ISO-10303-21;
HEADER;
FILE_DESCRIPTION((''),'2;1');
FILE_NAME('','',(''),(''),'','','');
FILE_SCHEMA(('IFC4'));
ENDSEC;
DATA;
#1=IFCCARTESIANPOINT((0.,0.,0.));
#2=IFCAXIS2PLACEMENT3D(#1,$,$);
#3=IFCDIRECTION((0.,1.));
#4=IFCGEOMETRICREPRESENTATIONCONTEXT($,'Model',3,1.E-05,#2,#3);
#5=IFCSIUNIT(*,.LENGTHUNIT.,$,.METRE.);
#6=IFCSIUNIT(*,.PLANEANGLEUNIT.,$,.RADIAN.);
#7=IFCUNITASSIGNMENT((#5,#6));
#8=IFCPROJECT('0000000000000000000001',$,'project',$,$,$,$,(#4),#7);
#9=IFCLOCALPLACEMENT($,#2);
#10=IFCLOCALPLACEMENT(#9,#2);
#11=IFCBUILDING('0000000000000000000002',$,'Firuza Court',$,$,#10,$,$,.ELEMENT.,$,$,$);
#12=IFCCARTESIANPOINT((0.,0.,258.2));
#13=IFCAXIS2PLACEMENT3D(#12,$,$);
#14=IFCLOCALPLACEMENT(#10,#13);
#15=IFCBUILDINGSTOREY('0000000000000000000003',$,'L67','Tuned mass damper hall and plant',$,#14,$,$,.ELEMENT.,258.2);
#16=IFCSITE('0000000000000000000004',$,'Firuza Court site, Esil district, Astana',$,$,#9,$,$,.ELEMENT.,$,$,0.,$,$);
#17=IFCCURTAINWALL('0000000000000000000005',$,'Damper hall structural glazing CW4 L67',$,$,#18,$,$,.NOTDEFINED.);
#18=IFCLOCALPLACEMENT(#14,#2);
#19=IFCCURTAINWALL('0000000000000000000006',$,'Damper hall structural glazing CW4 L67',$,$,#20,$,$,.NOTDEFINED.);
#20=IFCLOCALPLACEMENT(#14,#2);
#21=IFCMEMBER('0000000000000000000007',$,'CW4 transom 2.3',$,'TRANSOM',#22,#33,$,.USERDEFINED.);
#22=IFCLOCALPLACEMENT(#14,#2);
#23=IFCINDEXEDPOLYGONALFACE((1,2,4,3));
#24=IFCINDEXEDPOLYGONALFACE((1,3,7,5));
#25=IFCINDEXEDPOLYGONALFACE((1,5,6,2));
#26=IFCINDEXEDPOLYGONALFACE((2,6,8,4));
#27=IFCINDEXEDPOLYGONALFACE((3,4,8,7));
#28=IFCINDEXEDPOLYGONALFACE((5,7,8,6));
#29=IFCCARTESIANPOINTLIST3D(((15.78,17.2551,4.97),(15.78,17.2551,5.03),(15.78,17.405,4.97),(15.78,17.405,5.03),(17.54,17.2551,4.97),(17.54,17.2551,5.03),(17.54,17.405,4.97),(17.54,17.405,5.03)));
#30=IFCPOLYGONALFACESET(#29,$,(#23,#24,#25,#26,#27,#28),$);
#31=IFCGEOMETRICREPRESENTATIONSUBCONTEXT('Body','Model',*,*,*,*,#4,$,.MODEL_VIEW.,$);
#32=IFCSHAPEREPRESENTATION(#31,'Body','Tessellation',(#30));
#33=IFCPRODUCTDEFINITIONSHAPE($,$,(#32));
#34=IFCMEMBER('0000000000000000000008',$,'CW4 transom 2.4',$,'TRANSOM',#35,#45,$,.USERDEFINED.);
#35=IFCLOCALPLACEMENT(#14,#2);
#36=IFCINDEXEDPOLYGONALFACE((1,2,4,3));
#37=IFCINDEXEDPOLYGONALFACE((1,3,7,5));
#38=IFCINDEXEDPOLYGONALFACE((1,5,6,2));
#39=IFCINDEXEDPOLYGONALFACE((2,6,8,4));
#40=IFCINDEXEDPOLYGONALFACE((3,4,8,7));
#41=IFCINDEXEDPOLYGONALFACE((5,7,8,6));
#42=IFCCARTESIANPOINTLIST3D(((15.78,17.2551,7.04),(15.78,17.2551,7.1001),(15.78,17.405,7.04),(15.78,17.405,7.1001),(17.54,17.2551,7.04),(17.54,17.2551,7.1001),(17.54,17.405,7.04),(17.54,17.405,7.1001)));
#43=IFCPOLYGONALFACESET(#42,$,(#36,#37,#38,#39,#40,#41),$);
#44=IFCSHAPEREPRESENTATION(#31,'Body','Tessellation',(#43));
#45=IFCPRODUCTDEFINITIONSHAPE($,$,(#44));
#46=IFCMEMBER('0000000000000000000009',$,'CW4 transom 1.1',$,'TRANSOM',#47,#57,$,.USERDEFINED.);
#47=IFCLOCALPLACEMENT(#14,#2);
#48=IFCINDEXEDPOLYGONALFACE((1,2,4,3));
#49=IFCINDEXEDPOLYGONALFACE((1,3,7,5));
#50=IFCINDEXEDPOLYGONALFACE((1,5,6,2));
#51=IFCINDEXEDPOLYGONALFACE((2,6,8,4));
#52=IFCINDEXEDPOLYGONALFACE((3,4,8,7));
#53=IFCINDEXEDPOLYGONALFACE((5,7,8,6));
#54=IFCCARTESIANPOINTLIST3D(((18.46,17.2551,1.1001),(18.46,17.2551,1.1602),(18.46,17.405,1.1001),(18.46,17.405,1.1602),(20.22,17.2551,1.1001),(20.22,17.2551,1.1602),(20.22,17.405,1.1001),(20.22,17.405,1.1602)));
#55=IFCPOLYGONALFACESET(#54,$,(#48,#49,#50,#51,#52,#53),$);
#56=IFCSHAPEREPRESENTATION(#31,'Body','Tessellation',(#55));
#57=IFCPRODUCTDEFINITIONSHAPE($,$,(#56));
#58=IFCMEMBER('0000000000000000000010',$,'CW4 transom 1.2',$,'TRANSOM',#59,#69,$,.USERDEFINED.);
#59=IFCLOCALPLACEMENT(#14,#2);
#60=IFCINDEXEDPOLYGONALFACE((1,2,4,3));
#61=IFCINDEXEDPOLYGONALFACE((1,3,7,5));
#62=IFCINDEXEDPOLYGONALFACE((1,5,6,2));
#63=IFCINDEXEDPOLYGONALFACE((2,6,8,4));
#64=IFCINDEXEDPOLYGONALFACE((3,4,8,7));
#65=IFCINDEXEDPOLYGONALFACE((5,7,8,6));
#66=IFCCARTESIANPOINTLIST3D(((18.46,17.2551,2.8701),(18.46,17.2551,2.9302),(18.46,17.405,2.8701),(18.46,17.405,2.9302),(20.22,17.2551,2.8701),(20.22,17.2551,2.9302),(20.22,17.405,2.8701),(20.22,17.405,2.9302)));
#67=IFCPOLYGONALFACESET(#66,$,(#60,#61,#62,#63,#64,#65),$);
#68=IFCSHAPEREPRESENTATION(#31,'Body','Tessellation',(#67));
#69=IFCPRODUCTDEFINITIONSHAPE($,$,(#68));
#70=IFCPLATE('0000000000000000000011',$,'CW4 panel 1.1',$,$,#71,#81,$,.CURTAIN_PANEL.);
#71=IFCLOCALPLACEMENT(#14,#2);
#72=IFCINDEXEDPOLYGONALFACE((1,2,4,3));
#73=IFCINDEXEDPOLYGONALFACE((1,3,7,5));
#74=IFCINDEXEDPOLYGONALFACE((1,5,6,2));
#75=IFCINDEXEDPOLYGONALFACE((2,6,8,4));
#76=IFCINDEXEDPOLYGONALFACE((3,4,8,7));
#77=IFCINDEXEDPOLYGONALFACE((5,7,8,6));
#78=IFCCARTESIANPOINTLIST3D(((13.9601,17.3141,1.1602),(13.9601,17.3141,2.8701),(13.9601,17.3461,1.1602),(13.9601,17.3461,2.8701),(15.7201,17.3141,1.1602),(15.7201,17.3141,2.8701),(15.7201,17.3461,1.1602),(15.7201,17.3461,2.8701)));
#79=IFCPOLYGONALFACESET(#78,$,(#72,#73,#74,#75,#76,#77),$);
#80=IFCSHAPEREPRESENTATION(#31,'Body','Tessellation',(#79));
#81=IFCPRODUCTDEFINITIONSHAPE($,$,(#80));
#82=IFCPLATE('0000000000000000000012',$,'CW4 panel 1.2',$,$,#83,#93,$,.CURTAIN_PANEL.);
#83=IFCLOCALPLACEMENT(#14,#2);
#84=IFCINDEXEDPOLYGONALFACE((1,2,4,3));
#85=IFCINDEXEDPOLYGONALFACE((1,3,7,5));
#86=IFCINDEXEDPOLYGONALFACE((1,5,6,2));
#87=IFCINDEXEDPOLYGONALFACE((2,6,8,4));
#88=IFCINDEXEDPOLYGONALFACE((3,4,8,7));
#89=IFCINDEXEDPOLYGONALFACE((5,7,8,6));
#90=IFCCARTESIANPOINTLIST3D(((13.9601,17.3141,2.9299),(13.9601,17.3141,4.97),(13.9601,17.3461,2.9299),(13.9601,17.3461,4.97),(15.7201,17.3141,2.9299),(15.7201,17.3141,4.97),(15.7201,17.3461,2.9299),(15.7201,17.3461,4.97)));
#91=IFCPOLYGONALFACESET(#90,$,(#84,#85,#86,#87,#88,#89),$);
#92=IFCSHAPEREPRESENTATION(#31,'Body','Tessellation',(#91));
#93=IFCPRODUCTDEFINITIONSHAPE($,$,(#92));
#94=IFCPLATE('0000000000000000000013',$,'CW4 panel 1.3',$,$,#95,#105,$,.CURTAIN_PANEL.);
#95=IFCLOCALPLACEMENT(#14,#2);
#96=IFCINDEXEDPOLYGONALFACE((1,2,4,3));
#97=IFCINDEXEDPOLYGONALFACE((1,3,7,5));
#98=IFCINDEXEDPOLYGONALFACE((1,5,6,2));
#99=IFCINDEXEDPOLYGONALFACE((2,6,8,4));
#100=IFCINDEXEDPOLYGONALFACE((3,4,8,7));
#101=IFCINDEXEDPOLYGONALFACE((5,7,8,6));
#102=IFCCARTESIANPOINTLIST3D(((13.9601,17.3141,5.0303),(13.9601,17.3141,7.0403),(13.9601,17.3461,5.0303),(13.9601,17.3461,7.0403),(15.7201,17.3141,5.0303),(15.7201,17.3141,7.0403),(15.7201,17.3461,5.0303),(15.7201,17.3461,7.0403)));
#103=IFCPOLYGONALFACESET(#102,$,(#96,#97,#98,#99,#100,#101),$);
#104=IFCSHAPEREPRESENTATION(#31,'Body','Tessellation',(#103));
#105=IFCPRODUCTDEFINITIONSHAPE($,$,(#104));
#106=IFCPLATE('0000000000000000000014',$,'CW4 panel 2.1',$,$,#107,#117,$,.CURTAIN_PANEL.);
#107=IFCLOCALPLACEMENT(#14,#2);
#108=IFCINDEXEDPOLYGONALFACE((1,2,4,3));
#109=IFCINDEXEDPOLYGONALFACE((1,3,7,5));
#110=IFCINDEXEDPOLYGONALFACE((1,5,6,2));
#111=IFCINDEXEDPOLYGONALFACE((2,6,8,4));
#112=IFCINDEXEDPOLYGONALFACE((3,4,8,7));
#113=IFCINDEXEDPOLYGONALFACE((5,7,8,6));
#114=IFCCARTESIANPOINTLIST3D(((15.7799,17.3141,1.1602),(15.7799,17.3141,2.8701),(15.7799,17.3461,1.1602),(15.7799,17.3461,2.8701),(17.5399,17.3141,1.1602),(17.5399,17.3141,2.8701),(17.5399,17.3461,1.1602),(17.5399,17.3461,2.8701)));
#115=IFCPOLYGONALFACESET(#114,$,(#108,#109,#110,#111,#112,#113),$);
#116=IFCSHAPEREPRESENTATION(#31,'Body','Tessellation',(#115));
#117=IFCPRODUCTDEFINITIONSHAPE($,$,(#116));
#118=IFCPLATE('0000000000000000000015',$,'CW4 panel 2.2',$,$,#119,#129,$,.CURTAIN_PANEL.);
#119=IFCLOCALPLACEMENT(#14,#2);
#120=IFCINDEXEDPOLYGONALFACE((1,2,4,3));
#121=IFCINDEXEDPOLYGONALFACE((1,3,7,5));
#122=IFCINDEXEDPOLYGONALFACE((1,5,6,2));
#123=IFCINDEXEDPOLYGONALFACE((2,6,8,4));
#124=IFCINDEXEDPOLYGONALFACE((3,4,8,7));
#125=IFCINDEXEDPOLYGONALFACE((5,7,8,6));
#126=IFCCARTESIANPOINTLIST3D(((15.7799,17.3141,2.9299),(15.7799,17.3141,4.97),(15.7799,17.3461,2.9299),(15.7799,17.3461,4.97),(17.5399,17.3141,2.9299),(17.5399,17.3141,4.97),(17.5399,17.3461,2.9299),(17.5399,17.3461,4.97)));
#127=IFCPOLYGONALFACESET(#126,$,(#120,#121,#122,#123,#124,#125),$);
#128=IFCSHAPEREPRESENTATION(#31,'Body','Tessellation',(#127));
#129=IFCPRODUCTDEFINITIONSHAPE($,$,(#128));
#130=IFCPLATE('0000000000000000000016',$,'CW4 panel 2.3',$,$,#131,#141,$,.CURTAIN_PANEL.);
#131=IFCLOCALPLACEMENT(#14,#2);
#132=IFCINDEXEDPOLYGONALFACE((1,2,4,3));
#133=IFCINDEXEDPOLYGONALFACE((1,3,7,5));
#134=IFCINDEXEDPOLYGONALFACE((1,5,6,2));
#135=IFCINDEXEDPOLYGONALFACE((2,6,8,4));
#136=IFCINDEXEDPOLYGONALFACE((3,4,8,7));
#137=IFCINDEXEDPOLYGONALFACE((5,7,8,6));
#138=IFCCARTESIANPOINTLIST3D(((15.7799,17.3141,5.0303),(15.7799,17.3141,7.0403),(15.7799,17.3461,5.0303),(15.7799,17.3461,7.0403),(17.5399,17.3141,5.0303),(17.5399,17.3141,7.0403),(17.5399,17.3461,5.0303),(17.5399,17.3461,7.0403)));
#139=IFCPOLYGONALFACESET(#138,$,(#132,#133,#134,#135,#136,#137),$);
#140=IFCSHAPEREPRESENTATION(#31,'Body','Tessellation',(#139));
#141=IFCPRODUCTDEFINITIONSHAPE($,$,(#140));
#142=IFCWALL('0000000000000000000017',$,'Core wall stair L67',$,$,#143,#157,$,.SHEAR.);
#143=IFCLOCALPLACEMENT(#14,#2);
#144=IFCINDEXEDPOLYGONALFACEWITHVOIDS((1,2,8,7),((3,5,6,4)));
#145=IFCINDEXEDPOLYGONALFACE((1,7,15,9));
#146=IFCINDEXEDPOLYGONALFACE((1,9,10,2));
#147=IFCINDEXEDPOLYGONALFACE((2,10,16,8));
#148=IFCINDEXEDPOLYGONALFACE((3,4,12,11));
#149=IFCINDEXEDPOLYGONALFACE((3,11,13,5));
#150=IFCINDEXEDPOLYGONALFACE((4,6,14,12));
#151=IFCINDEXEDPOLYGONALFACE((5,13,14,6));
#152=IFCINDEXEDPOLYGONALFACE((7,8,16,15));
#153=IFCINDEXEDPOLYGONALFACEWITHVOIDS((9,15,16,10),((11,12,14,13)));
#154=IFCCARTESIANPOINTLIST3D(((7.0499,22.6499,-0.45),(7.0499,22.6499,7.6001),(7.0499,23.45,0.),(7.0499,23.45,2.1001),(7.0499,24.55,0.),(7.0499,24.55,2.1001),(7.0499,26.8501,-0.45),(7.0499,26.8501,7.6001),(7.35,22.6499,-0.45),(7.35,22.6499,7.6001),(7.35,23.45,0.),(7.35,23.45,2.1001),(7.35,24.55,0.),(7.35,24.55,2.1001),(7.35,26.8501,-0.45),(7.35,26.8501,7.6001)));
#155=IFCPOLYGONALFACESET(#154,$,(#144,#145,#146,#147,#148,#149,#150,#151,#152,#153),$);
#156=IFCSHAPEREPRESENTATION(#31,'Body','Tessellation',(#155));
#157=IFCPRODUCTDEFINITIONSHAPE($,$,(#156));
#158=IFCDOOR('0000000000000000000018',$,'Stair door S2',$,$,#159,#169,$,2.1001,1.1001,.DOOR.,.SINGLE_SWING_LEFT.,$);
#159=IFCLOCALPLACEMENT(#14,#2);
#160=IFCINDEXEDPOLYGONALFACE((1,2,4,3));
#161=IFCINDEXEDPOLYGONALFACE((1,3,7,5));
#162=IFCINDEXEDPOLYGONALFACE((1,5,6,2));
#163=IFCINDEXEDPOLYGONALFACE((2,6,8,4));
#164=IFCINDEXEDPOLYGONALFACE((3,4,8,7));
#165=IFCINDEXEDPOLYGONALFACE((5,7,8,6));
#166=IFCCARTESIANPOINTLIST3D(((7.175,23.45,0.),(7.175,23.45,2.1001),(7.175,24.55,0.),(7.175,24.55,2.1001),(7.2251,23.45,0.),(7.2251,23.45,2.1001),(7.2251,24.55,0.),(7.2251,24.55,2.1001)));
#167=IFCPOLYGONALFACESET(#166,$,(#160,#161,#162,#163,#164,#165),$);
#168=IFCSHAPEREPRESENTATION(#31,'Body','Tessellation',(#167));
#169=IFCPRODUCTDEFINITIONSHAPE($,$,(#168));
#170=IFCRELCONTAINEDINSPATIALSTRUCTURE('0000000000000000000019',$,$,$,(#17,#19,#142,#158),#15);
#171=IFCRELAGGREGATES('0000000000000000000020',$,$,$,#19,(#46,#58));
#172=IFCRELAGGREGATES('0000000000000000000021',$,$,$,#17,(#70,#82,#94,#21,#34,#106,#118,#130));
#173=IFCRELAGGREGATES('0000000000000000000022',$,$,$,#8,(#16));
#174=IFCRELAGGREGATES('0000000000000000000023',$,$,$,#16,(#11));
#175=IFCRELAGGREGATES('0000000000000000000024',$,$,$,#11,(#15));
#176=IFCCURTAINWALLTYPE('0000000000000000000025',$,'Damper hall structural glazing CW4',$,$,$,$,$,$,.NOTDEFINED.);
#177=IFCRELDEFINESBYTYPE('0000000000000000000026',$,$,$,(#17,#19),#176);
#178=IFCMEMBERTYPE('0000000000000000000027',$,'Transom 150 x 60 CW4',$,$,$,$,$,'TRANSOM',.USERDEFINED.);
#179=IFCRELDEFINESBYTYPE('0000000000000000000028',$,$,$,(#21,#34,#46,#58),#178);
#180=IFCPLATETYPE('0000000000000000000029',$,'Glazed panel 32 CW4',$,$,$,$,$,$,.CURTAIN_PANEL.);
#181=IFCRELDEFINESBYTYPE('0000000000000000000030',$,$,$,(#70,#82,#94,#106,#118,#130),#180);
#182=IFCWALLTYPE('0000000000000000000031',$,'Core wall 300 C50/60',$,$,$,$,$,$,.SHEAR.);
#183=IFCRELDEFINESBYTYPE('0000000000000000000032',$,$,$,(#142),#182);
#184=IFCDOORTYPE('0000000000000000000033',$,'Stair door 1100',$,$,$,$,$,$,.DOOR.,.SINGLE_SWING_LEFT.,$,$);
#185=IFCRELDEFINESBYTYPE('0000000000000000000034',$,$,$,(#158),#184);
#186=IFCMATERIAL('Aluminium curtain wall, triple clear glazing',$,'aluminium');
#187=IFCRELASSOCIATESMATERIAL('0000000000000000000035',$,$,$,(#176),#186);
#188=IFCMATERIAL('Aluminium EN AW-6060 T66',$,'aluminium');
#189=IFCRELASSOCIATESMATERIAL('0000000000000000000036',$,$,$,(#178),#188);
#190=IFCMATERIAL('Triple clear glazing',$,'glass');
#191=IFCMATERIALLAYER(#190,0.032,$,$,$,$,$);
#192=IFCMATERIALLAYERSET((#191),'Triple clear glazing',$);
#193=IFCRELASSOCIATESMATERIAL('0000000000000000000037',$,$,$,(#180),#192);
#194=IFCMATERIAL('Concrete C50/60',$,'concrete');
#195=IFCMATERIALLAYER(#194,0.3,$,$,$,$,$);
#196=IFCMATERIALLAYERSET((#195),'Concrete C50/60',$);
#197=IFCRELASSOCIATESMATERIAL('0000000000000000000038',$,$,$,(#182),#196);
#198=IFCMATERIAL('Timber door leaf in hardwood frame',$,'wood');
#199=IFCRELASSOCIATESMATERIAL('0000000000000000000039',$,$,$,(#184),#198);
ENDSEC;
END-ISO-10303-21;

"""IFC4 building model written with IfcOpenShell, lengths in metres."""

from ifc_helpers import new_model, si_unit, direction, frame, frame_2d, origin, origin_2d, place, context, subcontext, project, spatial, rectangle, extrude, material, layer, layer_set, material_profile, profile_set, type_object, element, fill, aggregate, save


model = new_model("IFC4")

# Units and contexts
model_context = context("Model", 3, precision=1e-05, world=origin(), true_north=direction((0.0, 1.0)))
body_context = subcontext(model_context, "Body", "Model", "MODEL_VIEW")
ifc_project = project(units=[si_unit("LENGTHUNIT", "METRE"), si_unit("PLANEANGLEUNIT", "RADIAN")], contexts=[model_context])

# Site, building, storey
site_placement = place(None, origin())
site = spatial("IfcSite", under=ifc_project, at=site_placement, Name="Firuza Court site, Esil district, Astana", CompositionType="ELEMENT", RefElevation=0.0)
building_placement = place(site_placement, origin())
building = spatial("IfcBuilding", under=site, at=building_placement, Name="Firuza Court", CompositionType="ELEMENT")
storey_placement = place(building_placement, frame((0.0, 0.0, 258.2)))
storey = spatial("IfcBuildingStorey", under=building, at=storey_placement, Name="L67", Description="Tuned mass damper hall and plant", CompositionType="ELEMENT", Elevation=258.2)

# Curtain wall
ifc_material_1 = material(Name="Aluminium curtain wall, triple clear glazing", Category="aluminium")
curtain_wall_type = type_object("IfcCurtainWallType", Name="Damper hall structural glazing CW4", PredefinedType="NOTDEFINED", material=ifc_material_1)
curtain_wall_1_placement = place(storey_placement, origin())
curtain_wall_1 = element("IfcCurtainWall", 1, at=curtain_wall_1_placement, inside=storey, type_object=curtain_wall_type, Name="Damper hall structural glazing CW4 L67", PredefinedType="NOTDEFINED")

# Curtain wall
curtain_wall_2_placement = place(storey_placement, origin())
curtain_wall_2 = element("IfcCurtainWall", 2, at=curtain_wall_2_placement, inside=storey, type_object=curtain_wall_type, Name="Damper hall structural glazing CW4 L67", PredefinedType="NOTDEFINED")

# Members
ifc_material_2 = material(Name="Aluminium EN AW-6060 T66", Category="aluminium")
ifc_material_profile_1 = material_profile(ifc_material_2, rectangle(XDim=0.1499, YDim=0.0601, at=origin_2d()), Name="Transom 150 x 60 CW4")
ifc_profile_set_1 = profile_set([ifc_material_profile_1], Name="Aluminium EN AW-6060 T66")
member_type_1 = type_object("IfcMemberType", Name="Transom 150 x 60 CW4", ElementType="TRANSOM", PredefinedType="USERDEFINED", material=ifc_profile_set_1)
member_1_placement = place(storey_placement, frame((15.78, 17.3301, 5.0), z_axis=(1.0, 0.0, 0.0), x_axis=(0.0, 1.0, 0.0)))
member_1 = element("IfcMember", 3, at=member_1_placement, type_object=member_type_1, Name="CW4 transom 2.3", ObjectType="TRANSOM", PredefinedType="USERDEFINED", context=body_context, shape_type="SweptSolid", body=[
    extrude(rectangle(XDim=0.1499, YDim=0.0601, at=origin_2d()), origin(), (0.0, 0.0, 1.0), 1.76),
])
member_2_placement = place(storey_placement, frame((15.78, 17.3301, 7.0701), z_axis=(1.0, 0.0, 0.0), x_axis=(0.0, 1.0, 0.0)))
member_2 = element("IfcMember", 4, at=member_2_placement, type_object=member_type_1, Name="CW4 transom 2.4", ObjectType="TRANSOM", PredefinedType="USERDEFINED", context=body_context, shape_type="SweptSolid", body=[
    extrude(rectangle(XDim=0.1499, YDim=0.0601, at=origin_2d()), origin(), (0.0, 0.0, 1.0), 1.76),
])
member_3_placement = place(storey_placement, frame((18.46, 17.3301, 1.1301), z_axis=(1.0, 0.0, 0.0), x_axis=(0.0, 1.0, 0.0)))
member_3 = element("IfcMember", 5, at=member_3_placement, type_object=member_type_1, Name="CW4 transom 1.1", ObjectType="TRANSOM", PredefinedType="USERDEFINED", context=body_context, shape_type="SweptSolid", body=[
    extrude(rectangle(XDim=0.1499, YDim=0.0601, at=origin_2d()), origin(), (0.0, 0.0, 1.0), 1.76),
])
member_4_placement = place(storey_placement, frame((18.46, 17.3301, 2.9001), z_axis=(1.0, 0.0, 0.0), x_axis=(0.0, 1.0, 0.0)))
member_4 = element("IfcMember", 6, at=member_4_placement, type_object=member_type_1, Name="CW4 transom 1.2", ObjectType="TRANSOM", PredefinedType="USERDEFINED", context=body_context, shape_type="SweptSolid", body=[
    extrude(rectangle(XDim=0.1499, YDim=0.0601, at=origin_2d()), origin(), (0.0, 0.0, 1.0), 1.76),
])
aggregate(curtain_wall_2, [member_3, member_4])

# Plates
ifc_material_3 = material(Name="Triple clear glazing", Category="glass")
ifc_layer_1 = layer(ifc_material_3, 0.032)
ifc_layer_set_1 = layer_set([ifc_layer_1], Name="Triple clear glazing")
plate_type = type_object("IfcPlateType", Name="Glazed panel 32 CW4", PredefinedType="CURTAIN_PANEL", material=ifc_layer_set_1)
plate_1_placement = place(storey_placement, frame((14.8401, 17.3301, 1.1602), z_axis=(0.0, 0.0, 1.0), x_axis=(1.0, 0.0, 0.0)))
plate_1 = element("IfcPlate", 7, at=plate_1_placement, type_object=plate_type, Name="CW4 panel 1.1", PredefinedType="CURTAIN_PANEL", context=body_context, shape_type="SweptSolid", body=[
    extrude(rectangle(XDim=1.76, YDim=0.032, at=origin_2d()), origin(), (0.0, 0.0, 1.0), 1.71),
])
plate_2_placement = place(storey_placement, frame((14.8401, 17.3301, 2.9299), z_axis=(0.0, 0.0, 1.0), x_axis=(1.0, 0.0, 0.0)))
plate_2 = element("IfcPlate", 8, at=plate_2_placement, type_object=plate_type, Name="CW4 panel 1.2", PredefinedType="CURTAIN_PANEL", context=body_context, shape_type="SweptSolid", body=[
    extrude(rectangle(XDim=1.76, YDim=0.032, at=origin_2d()), origin(), (0.0, 0.0, 1.0), 2.04),
])
plate_3_placement = place(storey_placement, frame((14.8401, 17.3301, 5.0303), z_axis=(0.0, 0.0, 1.0), x_axis=(1.0, 0.0, 0.0)))
plate_3 = element("IfcPlate", 9, at=plate_3_placement, type_object=plate_type, Name="CW4 panel 1.3", PredefinedType="CURTAIN_PANEL", context=body_context, shape_type="SweptSolid", body=[
    extrude(rectangle(XDim=1.76, YDim=0.032, at=origin_2d()), origin(), (0.0, 0.0, 1.0), 2.01),
])
plate_4_placement = place(storey_placement, frame((16.6599, 17.3301, 1.1602), z_axis=(0.0, 0.0, 1.0), x_axis=(1.0, 0.0, 0.0)))
plate_4 = element("IfcPlate", 10, at=plate_4_placement, type_object=plate_type, Name="CW4 panel 2.1", PredefinedType="CURTAIN_PANEL", context=body_context, shape_type="SweptSolid", body=[
    extrude(rectangle(XDim=1.76, YDim=0.032, at=origin_2d()), origin(), (0.0, 0.0, 1.0), 1.71),
])
plate_5_placement = place(storey_placement, frame((16.6599, 17.3301, 2.9299), z_axis=(0.0, 0.0, 1.0), x_axis=(1.0, 0.0, 0.0)))
plate_5 = element("IfcPlate", 11, at=plate_5_placement, type_object=plate_type, Name="CW4 panel 2.2", PredefinedType="CURTAIN_PANEL", context=body_context, shape_type="SweptSolid", body=[
    extrude(rectangle(XDim=1.76, YDim=0.032, at=origin_2d()), origin(), (0.0, 0.0, 1.0), 2.04),
])
plate_6_placement = place(storey_placement, frame((16.6599, 17.3301, 5.0303), z_axis=(0.0, 0.0, 1.0), x_axis=(1.0, 0.0, 0.0)))
plate_6 = element("IfcPlate", 12, at=plate_6_placement, type_object=plate_type, Name="CW4 panel 2.3", PredefinedType="CURTAIN_PANEL", context=body_context, shape_type="SweptSolid", body=[
    extrude(rectangle(XDim=1.76, YDim=0.032, at=origin_2d()), origin(), (0.0, 0.0, 1.0), 2.01),
])
aggregate(curtain_wall_1, [plate_1, plate_2, plate_3, member_1, member_2, plate_4, plate_5, plate_6])

# Wall, opening, door
ifc_material_4 = material(Name="Concrete C50/60", Category="concrete")
ifc_layer_2 = layer(ifc_material_4, 0.3)
ifc_layer_set_2 = layer_set([ifc_layer_2], Name="Concrete C50/60")
wall_type_1 = type_object("IfcWallType", Name="Core wall 300 C50/60", PredefinedType="SHEAR", material=ifc_layer_set_2)
wall_1_placement = place(storey_placement, frame((7.2, 22.6499, -0.45), z_axis=(0.0, 0.0, 1.0), x_axis=(0.0, 1.0, 0.0)))
wall_1 = element("IfcWall", 13, at=wall_1_placement, inside=storey, type_object=wall_type_1, Name="Core wall stair L67", PredefinedType="SHEAR", context=body_context, shape_type="SweptSolid", body=[
    extrude(rectangle(XDim=4.2002, YDim=0.3, at=frame_2d((2.1001, 0.0))), origin(), (0.0, 0.0, 1.0), 8.05),
])
opening_1_placement = place(wall_1_placement, frame((0.8, 0.0, 0.45)))
opening_1 = element("IfcOpeningElement", 14, at=opening_1_placement, cuts=wall_1, PredefinedType="OPENING", context=body_context, shape_type="SweptSolid", body=[
    extrude(rectangle(XDim=1.1001, YDim=2.1001, at=frame_2d((0.55, 1.05))), frame((0.0, 0.1621, 0.0), z_axis=(0.0, -1.0, 0.0), x_axis=(1.0, 0.0, 0.0)), (0.0, 0.0, 1.0), 0.324),
])
ifc_material_5 = material(Name="Timber door leaf in hardwood frame", Category="wood")
door_type_1 = type_object("IfcDoorType", Name="Stair door 1100", OperationType="SINGLE_SWING_LEFT", PredefinedType="DOOR", material=ifc_material_5)
door_1_placement = place(opening_1_placement, origin())
door_1 = element("IfcDoor", 15, at=door_1_placement, inside=storey, type_object=door_type_1, Name="Stair door S2", OperationType="SINGLE_SWING_LEFT", OverallHeight=2.1001, OverallWidth=1.1001, PredefinedType="DOOR", context=body_context, shape_type="SweptSolid", body=[
    extrude(rectangle(XDim=1.1001, YDim=2.1001, at=frame_2d((0.55, 1.05))), frame((0.0, 0.0249, 0.0), z_axis=(0.0, -1.0, 0.0), x_axis=(1.0, 0.0, 0.0)), (0.0, 0.0, 1.0), 0.05),
])
fill(opening_1, door_1)

save(model, "model.ifc")
